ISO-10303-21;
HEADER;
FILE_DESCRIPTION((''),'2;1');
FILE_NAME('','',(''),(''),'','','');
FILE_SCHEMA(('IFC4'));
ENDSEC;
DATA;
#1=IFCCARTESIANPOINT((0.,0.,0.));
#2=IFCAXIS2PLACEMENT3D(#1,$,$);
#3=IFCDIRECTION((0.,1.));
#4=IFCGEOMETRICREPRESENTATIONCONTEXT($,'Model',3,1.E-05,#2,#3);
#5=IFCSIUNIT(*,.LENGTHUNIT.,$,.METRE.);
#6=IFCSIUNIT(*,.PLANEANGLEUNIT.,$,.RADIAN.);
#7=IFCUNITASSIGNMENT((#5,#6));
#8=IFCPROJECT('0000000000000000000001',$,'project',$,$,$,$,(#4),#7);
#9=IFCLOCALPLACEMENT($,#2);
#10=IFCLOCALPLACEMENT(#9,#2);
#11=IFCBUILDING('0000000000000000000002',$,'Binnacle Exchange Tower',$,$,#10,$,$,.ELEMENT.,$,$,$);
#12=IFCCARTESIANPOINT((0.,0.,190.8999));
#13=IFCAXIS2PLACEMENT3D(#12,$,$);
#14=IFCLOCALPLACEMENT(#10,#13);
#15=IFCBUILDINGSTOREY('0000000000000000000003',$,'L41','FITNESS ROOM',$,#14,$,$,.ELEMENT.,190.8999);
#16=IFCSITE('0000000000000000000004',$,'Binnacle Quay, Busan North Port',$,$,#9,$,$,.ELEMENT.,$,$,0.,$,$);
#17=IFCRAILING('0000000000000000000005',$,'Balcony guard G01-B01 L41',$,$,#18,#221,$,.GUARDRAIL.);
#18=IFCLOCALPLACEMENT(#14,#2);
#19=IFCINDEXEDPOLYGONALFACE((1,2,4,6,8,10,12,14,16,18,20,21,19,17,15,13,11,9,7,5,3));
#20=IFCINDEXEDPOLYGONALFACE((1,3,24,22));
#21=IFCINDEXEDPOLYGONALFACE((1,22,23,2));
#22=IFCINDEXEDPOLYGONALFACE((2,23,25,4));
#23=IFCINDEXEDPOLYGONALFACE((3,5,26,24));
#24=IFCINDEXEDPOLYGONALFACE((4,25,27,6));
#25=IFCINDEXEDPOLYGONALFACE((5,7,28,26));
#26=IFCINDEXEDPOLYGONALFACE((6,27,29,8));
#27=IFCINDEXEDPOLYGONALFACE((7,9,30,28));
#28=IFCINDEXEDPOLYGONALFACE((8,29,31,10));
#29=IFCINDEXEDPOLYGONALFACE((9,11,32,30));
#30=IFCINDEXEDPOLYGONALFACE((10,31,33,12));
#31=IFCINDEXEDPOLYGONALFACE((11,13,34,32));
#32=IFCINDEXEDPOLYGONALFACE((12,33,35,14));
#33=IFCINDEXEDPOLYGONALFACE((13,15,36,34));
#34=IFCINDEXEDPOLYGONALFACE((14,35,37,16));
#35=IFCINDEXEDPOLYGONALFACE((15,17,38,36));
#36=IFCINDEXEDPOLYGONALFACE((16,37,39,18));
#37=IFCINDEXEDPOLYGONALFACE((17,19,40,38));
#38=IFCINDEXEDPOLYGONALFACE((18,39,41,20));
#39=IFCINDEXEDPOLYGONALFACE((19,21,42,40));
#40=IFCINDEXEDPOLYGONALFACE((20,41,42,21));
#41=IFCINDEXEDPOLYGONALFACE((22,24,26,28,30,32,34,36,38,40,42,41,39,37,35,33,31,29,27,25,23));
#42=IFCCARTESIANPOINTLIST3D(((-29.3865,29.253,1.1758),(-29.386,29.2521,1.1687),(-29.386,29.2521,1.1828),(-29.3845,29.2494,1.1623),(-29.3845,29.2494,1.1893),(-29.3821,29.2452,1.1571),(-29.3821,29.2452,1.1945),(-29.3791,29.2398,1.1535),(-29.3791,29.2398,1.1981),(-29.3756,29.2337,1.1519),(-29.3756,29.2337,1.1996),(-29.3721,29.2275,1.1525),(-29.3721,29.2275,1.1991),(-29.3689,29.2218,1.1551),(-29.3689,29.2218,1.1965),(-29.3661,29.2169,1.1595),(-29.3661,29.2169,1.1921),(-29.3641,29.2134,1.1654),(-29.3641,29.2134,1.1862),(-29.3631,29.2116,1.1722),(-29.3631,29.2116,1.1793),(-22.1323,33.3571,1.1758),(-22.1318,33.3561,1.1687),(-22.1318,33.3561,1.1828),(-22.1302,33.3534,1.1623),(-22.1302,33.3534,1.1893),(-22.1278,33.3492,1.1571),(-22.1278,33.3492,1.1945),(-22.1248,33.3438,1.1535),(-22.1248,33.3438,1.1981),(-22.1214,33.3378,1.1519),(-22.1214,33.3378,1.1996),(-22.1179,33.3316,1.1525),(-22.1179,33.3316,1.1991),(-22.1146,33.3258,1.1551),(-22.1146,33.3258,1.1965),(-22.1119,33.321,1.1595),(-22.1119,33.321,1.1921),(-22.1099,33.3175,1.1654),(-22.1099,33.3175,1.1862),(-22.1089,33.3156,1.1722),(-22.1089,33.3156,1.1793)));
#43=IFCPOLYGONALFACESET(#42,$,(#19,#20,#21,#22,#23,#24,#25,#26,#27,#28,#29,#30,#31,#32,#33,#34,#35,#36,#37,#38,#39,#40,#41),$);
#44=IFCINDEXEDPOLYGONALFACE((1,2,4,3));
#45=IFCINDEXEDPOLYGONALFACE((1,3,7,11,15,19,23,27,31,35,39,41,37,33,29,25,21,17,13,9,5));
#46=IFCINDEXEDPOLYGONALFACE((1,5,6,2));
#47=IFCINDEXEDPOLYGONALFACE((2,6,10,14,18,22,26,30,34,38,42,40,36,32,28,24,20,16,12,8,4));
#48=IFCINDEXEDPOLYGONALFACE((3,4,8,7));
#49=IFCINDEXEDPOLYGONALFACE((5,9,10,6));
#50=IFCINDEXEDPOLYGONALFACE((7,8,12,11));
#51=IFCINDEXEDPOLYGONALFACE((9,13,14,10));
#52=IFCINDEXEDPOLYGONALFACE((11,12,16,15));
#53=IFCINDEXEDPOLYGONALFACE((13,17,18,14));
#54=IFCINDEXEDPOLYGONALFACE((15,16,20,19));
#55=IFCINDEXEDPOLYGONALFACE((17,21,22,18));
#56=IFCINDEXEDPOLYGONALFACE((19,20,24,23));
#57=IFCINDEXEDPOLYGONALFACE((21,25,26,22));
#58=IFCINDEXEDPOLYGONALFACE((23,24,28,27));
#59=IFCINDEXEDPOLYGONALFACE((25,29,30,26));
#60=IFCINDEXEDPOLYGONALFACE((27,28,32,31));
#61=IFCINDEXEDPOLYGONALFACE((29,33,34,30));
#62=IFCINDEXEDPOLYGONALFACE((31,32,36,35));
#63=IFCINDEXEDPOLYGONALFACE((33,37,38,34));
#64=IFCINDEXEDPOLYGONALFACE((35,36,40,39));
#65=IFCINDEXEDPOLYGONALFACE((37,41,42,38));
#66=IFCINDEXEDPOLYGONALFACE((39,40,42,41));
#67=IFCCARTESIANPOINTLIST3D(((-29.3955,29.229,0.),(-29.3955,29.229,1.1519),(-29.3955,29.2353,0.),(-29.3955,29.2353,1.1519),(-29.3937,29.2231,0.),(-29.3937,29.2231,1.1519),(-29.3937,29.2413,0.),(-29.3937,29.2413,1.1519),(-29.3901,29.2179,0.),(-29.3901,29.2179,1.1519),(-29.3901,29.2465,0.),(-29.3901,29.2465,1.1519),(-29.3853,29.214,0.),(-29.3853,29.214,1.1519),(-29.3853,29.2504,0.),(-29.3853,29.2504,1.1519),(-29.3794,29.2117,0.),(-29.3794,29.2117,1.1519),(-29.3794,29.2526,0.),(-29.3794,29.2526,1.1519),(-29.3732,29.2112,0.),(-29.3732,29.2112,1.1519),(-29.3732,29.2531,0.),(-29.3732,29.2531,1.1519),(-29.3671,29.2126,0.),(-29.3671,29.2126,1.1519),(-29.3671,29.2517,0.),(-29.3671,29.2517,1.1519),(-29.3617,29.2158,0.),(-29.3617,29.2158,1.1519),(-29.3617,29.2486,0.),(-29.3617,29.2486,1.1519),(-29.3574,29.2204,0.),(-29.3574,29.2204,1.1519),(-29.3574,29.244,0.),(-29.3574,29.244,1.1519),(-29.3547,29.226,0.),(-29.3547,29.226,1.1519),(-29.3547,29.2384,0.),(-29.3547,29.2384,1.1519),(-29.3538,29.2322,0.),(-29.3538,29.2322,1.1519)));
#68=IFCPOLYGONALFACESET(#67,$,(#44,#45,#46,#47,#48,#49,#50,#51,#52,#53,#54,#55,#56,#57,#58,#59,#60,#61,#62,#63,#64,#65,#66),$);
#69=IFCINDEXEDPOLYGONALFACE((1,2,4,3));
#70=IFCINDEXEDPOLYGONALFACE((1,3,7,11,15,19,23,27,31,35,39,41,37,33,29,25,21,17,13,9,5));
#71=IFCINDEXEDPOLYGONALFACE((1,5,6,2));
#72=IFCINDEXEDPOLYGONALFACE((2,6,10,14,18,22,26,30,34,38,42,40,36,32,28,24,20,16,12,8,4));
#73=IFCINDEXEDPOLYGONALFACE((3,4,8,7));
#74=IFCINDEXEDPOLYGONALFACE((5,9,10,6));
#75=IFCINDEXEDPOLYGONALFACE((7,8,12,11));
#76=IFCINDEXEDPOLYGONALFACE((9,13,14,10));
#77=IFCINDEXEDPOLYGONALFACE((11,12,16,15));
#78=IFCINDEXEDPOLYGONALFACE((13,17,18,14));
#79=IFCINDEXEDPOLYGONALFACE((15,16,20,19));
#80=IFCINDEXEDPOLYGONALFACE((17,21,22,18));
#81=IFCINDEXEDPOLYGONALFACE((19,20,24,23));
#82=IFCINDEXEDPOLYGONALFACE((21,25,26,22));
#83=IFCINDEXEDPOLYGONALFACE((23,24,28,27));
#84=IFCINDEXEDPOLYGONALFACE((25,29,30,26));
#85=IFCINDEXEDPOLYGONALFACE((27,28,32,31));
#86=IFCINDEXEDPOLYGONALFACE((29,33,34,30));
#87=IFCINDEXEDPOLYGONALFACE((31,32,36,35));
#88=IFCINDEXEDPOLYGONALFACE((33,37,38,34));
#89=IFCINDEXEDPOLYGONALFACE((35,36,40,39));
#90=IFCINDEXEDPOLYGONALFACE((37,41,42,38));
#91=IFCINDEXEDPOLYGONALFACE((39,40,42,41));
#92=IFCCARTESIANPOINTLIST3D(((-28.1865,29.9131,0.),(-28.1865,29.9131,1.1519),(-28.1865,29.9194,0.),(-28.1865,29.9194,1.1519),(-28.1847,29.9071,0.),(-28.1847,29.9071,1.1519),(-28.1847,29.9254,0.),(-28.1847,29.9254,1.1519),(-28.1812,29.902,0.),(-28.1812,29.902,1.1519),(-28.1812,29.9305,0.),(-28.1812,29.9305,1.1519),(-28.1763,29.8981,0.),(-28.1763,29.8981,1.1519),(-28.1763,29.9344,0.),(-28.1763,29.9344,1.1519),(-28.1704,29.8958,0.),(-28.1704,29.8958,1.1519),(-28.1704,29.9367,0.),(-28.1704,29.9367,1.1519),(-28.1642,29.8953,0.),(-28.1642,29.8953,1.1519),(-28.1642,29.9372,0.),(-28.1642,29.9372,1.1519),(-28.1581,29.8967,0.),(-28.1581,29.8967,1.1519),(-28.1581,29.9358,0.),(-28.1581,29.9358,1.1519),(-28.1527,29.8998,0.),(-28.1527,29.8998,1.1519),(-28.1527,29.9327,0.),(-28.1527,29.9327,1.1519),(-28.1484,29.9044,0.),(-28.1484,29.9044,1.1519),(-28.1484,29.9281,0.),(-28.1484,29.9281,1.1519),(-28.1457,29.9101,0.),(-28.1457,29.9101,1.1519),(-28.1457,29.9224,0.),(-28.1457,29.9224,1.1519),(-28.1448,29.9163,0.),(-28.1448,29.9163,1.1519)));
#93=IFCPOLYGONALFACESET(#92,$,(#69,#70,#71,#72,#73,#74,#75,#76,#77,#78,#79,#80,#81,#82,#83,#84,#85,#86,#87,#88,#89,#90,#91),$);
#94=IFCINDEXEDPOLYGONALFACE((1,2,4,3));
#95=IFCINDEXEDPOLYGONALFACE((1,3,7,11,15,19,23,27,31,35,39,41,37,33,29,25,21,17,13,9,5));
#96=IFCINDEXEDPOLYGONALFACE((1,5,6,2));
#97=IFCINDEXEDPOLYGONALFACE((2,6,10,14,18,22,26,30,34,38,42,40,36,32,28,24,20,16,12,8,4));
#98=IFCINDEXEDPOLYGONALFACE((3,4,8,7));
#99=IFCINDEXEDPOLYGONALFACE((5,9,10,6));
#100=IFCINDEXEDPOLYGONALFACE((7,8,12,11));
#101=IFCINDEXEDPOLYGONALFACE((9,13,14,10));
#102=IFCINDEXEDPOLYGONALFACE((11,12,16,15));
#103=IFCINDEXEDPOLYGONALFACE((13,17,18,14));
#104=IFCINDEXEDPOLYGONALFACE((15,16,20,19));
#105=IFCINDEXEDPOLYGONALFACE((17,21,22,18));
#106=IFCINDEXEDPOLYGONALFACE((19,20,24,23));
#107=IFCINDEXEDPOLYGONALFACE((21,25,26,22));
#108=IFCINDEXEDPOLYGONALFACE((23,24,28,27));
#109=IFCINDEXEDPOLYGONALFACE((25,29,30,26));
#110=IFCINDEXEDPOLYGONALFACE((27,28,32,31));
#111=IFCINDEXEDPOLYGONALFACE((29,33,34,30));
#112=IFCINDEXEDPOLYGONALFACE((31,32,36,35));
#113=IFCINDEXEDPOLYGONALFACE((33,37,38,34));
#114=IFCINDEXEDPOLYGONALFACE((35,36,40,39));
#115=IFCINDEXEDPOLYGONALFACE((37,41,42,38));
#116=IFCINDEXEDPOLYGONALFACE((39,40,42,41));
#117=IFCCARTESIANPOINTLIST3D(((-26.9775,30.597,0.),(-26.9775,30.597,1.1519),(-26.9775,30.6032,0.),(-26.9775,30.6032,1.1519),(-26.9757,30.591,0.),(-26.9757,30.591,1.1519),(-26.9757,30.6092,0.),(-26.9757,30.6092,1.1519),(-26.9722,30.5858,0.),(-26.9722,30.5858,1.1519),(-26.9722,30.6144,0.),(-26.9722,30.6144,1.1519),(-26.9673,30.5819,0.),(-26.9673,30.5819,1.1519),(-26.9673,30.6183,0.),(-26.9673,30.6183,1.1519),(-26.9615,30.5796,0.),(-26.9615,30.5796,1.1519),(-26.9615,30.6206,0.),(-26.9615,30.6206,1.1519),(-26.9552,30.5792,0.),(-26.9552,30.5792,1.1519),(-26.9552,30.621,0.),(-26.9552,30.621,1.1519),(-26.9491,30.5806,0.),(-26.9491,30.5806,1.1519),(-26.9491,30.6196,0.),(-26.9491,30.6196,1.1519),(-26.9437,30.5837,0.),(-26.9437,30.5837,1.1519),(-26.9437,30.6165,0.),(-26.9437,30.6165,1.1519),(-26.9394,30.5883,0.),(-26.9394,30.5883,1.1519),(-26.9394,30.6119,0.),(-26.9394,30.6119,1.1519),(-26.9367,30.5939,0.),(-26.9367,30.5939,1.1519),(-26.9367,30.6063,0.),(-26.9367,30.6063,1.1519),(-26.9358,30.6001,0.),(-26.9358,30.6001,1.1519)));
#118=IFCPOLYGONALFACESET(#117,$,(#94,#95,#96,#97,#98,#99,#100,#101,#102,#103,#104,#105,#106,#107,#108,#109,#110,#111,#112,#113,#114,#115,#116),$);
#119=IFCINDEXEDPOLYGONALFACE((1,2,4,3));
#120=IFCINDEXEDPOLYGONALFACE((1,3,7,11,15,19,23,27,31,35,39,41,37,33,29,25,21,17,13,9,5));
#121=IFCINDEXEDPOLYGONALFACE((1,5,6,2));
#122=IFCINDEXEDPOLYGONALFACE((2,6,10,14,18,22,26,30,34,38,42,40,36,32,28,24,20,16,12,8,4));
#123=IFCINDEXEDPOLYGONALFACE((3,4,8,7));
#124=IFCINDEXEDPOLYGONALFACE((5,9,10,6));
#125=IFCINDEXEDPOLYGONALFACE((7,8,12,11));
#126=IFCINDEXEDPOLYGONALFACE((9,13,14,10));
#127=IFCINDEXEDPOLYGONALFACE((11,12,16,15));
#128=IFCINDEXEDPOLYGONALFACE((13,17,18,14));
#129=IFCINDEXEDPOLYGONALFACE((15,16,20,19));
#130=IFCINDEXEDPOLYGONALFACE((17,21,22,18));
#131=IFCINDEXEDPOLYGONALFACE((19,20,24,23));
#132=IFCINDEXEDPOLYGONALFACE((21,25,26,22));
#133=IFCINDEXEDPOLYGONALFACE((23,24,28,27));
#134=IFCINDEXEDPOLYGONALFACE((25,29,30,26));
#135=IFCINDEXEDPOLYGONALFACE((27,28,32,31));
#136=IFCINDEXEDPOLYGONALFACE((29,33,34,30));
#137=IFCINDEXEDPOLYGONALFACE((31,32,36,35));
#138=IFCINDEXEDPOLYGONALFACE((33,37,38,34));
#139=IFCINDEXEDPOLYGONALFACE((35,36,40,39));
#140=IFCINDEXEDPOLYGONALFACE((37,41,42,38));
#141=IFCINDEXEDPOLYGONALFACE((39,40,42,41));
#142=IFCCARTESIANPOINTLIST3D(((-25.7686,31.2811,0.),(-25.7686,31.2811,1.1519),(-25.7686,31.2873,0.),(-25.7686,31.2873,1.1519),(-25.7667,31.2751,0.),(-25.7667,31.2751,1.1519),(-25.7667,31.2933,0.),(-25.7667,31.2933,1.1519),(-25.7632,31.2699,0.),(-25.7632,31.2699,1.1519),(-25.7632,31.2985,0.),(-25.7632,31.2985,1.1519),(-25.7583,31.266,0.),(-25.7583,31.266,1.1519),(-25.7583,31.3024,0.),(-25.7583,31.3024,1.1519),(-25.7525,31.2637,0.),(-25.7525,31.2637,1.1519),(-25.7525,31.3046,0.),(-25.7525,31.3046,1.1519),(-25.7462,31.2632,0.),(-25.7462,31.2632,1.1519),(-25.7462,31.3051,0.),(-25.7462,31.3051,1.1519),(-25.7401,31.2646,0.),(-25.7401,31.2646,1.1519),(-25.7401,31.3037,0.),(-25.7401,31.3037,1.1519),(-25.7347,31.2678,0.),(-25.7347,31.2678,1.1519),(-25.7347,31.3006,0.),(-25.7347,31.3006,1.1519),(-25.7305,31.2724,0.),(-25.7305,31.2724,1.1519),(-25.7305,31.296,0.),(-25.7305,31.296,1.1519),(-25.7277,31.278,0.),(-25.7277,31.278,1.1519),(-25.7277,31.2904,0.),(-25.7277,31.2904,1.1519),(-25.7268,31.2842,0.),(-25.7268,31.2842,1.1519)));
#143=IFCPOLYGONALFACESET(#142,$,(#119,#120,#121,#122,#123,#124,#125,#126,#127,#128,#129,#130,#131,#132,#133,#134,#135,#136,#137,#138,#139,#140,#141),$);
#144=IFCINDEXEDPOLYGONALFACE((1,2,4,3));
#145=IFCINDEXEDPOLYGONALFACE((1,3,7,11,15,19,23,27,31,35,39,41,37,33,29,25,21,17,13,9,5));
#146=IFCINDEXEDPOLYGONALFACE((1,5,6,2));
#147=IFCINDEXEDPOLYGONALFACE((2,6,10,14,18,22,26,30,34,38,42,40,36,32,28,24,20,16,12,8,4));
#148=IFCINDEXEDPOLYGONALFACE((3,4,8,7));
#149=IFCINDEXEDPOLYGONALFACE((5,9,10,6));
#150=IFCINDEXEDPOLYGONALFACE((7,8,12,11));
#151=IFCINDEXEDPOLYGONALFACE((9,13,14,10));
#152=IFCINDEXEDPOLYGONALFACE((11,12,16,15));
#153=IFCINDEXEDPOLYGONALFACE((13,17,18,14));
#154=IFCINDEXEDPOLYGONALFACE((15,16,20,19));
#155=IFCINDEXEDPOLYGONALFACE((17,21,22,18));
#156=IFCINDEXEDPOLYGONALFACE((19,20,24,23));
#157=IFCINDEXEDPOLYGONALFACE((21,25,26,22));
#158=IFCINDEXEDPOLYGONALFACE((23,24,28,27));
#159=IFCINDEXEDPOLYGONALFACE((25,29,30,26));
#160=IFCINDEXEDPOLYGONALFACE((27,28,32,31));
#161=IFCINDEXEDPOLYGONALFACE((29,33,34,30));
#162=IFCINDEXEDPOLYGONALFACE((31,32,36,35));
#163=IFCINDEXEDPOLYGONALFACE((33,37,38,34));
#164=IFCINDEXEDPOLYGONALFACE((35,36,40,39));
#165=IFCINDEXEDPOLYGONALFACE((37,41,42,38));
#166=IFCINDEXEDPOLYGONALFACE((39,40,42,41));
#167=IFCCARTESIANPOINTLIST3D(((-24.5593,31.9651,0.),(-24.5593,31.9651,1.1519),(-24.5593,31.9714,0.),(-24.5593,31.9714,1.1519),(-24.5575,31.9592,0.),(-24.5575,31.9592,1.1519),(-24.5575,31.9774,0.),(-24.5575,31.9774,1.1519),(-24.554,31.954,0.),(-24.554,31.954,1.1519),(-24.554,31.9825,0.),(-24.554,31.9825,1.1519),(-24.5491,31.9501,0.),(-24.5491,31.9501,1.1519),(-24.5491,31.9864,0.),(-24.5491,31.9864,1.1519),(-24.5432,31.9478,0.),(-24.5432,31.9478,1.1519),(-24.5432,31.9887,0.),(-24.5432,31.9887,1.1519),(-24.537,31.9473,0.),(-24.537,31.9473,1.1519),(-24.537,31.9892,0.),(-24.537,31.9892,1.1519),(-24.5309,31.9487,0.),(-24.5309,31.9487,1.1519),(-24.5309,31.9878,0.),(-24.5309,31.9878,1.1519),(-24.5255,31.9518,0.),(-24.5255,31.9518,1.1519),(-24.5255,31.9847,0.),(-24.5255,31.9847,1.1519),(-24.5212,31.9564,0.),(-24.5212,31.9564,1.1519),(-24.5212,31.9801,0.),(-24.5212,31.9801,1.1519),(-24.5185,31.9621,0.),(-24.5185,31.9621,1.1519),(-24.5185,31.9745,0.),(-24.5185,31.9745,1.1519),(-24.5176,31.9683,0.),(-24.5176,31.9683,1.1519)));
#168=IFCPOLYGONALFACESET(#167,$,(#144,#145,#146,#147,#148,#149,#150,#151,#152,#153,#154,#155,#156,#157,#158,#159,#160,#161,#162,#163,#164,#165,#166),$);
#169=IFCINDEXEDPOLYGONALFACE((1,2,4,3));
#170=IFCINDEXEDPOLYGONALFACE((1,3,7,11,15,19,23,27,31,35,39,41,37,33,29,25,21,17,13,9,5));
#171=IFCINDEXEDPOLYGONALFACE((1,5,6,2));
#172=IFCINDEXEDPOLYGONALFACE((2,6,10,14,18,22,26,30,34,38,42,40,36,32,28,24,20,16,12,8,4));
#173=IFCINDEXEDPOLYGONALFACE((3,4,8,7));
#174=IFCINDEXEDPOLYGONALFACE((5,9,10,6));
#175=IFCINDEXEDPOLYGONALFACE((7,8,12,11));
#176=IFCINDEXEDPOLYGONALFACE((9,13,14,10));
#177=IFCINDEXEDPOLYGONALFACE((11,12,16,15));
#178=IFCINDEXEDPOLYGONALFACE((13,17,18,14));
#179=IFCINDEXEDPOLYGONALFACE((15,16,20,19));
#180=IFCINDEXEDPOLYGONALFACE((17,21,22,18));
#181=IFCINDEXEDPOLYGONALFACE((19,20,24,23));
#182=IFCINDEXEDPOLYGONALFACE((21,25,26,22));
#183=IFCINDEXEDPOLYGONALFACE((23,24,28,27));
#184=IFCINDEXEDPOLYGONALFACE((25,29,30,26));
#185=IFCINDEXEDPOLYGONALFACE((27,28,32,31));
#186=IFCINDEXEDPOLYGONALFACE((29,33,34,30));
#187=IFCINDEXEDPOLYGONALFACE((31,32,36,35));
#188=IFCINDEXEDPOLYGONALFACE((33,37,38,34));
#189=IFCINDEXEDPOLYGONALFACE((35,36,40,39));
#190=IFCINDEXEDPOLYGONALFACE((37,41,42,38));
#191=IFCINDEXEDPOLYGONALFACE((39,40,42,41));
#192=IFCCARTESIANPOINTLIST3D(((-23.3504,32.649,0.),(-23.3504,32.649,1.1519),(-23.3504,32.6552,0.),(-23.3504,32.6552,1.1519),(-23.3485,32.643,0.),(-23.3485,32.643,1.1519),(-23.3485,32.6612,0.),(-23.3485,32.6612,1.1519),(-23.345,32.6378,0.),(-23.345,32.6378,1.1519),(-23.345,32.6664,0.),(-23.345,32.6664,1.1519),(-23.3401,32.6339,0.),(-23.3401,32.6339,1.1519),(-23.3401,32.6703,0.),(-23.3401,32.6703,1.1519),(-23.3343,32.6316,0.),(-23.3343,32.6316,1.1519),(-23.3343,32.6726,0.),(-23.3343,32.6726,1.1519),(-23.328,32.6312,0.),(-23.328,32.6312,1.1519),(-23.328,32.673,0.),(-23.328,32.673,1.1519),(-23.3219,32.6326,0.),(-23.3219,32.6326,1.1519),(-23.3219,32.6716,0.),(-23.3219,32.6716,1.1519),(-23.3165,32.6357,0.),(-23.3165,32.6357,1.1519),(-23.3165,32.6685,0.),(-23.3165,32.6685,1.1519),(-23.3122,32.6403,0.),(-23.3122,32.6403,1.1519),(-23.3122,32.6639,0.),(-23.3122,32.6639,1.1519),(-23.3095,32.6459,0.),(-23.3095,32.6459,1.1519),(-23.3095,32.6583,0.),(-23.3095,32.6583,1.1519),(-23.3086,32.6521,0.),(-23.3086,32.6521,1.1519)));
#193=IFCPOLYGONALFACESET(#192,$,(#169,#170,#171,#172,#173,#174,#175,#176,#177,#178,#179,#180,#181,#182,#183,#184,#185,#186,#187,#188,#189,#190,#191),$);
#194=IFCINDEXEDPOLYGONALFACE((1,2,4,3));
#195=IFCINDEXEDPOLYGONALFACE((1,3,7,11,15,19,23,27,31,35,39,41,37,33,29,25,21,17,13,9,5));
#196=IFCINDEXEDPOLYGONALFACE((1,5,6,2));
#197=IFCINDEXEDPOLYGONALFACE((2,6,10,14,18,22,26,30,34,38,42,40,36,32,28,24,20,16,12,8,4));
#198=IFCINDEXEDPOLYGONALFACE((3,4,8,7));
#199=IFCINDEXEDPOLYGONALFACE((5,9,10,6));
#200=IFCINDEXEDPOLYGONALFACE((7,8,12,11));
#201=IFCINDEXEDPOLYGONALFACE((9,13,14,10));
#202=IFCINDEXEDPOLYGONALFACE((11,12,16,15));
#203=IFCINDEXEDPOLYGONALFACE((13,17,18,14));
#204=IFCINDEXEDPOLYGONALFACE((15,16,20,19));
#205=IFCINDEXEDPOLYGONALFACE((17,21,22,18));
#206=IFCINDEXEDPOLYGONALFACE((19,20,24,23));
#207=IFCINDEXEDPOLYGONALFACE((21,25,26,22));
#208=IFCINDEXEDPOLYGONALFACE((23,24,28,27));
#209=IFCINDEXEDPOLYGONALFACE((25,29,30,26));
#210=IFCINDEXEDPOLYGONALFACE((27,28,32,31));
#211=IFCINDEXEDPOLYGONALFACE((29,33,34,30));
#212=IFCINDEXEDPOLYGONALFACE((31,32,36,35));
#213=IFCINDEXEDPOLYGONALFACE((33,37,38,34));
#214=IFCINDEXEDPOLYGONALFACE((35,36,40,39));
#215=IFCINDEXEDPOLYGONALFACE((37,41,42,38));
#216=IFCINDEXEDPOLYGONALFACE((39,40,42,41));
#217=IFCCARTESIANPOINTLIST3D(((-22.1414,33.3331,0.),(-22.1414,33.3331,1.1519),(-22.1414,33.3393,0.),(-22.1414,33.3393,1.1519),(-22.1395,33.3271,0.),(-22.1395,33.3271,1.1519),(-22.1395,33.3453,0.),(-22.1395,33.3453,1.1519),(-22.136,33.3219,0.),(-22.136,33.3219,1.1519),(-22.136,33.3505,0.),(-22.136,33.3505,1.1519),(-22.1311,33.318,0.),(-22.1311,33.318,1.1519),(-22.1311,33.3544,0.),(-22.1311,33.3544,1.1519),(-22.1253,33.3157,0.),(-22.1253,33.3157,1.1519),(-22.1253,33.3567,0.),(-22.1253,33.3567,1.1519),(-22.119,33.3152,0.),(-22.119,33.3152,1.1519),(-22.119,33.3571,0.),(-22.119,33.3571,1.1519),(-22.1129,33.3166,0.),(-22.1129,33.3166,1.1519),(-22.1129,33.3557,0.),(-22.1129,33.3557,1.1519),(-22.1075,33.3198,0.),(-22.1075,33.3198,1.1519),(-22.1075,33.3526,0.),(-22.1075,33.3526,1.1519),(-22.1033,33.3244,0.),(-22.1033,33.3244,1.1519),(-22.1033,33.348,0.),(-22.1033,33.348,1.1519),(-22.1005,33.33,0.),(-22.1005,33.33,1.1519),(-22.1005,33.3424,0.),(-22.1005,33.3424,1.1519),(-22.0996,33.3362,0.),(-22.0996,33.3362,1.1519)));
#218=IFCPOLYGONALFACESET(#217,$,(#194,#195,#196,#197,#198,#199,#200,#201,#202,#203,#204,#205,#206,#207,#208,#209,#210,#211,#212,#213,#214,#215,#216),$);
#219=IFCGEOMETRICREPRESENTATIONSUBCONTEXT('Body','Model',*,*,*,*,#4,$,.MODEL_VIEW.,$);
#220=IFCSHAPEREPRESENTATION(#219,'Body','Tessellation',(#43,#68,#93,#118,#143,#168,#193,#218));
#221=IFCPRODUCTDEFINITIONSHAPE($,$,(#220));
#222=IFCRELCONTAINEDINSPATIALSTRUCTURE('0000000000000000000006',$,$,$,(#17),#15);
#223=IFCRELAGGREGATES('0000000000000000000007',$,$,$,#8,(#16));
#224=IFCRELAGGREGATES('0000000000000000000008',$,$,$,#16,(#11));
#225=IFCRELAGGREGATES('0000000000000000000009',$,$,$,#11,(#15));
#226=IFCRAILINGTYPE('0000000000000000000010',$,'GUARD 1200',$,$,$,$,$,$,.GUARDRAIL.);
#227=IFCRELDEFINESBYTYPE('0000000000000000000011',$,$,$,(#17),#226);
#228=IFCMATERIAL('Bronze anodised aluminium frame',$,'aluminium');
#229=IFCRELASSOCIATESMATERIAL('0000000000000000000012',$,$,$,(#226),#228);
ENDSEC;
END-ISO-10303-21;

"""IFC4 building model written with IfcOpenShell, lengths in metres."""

from ifc_helpers import new_model, si_unit, direction, frame, origin, origin_2d, place, context, subcontext, project, spatial, circle, extrude, material, type_object, element, save


model = new_model("IFC4")

# Units and contexts
model_context = context("Model", 3, precision=1e-05, world=origin(), true_north=direction((0.0, 1.0)))
body_context = subcontext(model_context, "Body", "Model", "MODEL_VIEW")
ifc_project = project(units=[si_unit("LENGTHUNIT", "METRE"), si_unit("PLANEANGLEUNIT", "RADIAN")], contexts=[model_context])

# Site, building, storey
site_placement = place(None, origin())
site = spatial("IfcSite", under=ifc_project, at=site_placement, Name="Binnacle Quay, Busan North Port", CompositionType="ELEMENT", RefElevation=0.0)
building_placement = place(site_placement, origin())
building = spatial("IfcBuilding", under=site, at=building_placement, Name="Binnacle Exchange Tower", CompositionType="ELEMENT")
storey_placement = place(building_placement, frame((0.0, 0.0, 190.8999)))
storey = spatial("IfcBuildingStorey", under=building, at=storey_placement, Name="L41", Description="FITNESS ROOM", CompositionType="ELEMENT", Elevation=190.8999)

# Railing
ifc_material_1 = material(Name="Bronze anodised aluminium frame", Category="aluminium")
railing_type_1 = type_object("IfcRailingType", Name="GUARD 1200", PredefinedType="GUARDRAIL", material=ifc_material_1)
railing_1_placement = place(storey_placement, frame((-29.3748, 29.2322, 0.0)))
element("IfcRailing", 1, at=railing_1_placement, inside=storey, type_object=railing_type_1, Name="Balcony guard G01-B01 L41", PredefinedType="GUARDRAIL", context=body_context, shape_type="SweptSolid", body=[
    extrude(circle(Radius=0.0239, at=origin_2d()), frame((0.0, 0.0, 1.1758), z_axis=(0.870366, 0.492406, 0.0), x_axis=(-0.492406, 0.870366, 0.0)), (0.0, 0.0, 1.0), 8.3347),
    extrude(circle(Radius=0.021, at=origin_2d()), origin(), (0.0, 0.0, 1.0), 1.1519),
    extrude(circle(Radius=0.021, at=origin_2d()), frame((1.209, 0.6841, 0.0)), (0.0, 0.0, 1.0), 1.1519),
    extrude(circle(Radius=0.021, at=origin_2d()), frame((2.418, 1.3679, 0.0)), (0.0, 0.0, 1.0), 1.1519),
    extrude(circle(Radius=0.021, at=origin_2d()), frame((3.627, 2.052, 0.0)), (0.0, 0.0, 1.0), 1.1519),
    extrude(circle(Radius=0.021, at=origin_2d()), frame((4.8362, 2.7361, 0.0)), (0.0, 0.0, 1.0), 1.1519),
    extrude(circle(Radius=0.021, at=origin_2d()), frame((6.0452, 3.4199, 0.0)), (0.0, 0.0, 1.0), 1.1519),
    extrude(circle(Radius=0.021, at=origin_2d()), frame((7.2542, 4.104, 0.0)), (0.0, 0.0, 1.0), 1.1519),
])

save(model, "model.ifc")
